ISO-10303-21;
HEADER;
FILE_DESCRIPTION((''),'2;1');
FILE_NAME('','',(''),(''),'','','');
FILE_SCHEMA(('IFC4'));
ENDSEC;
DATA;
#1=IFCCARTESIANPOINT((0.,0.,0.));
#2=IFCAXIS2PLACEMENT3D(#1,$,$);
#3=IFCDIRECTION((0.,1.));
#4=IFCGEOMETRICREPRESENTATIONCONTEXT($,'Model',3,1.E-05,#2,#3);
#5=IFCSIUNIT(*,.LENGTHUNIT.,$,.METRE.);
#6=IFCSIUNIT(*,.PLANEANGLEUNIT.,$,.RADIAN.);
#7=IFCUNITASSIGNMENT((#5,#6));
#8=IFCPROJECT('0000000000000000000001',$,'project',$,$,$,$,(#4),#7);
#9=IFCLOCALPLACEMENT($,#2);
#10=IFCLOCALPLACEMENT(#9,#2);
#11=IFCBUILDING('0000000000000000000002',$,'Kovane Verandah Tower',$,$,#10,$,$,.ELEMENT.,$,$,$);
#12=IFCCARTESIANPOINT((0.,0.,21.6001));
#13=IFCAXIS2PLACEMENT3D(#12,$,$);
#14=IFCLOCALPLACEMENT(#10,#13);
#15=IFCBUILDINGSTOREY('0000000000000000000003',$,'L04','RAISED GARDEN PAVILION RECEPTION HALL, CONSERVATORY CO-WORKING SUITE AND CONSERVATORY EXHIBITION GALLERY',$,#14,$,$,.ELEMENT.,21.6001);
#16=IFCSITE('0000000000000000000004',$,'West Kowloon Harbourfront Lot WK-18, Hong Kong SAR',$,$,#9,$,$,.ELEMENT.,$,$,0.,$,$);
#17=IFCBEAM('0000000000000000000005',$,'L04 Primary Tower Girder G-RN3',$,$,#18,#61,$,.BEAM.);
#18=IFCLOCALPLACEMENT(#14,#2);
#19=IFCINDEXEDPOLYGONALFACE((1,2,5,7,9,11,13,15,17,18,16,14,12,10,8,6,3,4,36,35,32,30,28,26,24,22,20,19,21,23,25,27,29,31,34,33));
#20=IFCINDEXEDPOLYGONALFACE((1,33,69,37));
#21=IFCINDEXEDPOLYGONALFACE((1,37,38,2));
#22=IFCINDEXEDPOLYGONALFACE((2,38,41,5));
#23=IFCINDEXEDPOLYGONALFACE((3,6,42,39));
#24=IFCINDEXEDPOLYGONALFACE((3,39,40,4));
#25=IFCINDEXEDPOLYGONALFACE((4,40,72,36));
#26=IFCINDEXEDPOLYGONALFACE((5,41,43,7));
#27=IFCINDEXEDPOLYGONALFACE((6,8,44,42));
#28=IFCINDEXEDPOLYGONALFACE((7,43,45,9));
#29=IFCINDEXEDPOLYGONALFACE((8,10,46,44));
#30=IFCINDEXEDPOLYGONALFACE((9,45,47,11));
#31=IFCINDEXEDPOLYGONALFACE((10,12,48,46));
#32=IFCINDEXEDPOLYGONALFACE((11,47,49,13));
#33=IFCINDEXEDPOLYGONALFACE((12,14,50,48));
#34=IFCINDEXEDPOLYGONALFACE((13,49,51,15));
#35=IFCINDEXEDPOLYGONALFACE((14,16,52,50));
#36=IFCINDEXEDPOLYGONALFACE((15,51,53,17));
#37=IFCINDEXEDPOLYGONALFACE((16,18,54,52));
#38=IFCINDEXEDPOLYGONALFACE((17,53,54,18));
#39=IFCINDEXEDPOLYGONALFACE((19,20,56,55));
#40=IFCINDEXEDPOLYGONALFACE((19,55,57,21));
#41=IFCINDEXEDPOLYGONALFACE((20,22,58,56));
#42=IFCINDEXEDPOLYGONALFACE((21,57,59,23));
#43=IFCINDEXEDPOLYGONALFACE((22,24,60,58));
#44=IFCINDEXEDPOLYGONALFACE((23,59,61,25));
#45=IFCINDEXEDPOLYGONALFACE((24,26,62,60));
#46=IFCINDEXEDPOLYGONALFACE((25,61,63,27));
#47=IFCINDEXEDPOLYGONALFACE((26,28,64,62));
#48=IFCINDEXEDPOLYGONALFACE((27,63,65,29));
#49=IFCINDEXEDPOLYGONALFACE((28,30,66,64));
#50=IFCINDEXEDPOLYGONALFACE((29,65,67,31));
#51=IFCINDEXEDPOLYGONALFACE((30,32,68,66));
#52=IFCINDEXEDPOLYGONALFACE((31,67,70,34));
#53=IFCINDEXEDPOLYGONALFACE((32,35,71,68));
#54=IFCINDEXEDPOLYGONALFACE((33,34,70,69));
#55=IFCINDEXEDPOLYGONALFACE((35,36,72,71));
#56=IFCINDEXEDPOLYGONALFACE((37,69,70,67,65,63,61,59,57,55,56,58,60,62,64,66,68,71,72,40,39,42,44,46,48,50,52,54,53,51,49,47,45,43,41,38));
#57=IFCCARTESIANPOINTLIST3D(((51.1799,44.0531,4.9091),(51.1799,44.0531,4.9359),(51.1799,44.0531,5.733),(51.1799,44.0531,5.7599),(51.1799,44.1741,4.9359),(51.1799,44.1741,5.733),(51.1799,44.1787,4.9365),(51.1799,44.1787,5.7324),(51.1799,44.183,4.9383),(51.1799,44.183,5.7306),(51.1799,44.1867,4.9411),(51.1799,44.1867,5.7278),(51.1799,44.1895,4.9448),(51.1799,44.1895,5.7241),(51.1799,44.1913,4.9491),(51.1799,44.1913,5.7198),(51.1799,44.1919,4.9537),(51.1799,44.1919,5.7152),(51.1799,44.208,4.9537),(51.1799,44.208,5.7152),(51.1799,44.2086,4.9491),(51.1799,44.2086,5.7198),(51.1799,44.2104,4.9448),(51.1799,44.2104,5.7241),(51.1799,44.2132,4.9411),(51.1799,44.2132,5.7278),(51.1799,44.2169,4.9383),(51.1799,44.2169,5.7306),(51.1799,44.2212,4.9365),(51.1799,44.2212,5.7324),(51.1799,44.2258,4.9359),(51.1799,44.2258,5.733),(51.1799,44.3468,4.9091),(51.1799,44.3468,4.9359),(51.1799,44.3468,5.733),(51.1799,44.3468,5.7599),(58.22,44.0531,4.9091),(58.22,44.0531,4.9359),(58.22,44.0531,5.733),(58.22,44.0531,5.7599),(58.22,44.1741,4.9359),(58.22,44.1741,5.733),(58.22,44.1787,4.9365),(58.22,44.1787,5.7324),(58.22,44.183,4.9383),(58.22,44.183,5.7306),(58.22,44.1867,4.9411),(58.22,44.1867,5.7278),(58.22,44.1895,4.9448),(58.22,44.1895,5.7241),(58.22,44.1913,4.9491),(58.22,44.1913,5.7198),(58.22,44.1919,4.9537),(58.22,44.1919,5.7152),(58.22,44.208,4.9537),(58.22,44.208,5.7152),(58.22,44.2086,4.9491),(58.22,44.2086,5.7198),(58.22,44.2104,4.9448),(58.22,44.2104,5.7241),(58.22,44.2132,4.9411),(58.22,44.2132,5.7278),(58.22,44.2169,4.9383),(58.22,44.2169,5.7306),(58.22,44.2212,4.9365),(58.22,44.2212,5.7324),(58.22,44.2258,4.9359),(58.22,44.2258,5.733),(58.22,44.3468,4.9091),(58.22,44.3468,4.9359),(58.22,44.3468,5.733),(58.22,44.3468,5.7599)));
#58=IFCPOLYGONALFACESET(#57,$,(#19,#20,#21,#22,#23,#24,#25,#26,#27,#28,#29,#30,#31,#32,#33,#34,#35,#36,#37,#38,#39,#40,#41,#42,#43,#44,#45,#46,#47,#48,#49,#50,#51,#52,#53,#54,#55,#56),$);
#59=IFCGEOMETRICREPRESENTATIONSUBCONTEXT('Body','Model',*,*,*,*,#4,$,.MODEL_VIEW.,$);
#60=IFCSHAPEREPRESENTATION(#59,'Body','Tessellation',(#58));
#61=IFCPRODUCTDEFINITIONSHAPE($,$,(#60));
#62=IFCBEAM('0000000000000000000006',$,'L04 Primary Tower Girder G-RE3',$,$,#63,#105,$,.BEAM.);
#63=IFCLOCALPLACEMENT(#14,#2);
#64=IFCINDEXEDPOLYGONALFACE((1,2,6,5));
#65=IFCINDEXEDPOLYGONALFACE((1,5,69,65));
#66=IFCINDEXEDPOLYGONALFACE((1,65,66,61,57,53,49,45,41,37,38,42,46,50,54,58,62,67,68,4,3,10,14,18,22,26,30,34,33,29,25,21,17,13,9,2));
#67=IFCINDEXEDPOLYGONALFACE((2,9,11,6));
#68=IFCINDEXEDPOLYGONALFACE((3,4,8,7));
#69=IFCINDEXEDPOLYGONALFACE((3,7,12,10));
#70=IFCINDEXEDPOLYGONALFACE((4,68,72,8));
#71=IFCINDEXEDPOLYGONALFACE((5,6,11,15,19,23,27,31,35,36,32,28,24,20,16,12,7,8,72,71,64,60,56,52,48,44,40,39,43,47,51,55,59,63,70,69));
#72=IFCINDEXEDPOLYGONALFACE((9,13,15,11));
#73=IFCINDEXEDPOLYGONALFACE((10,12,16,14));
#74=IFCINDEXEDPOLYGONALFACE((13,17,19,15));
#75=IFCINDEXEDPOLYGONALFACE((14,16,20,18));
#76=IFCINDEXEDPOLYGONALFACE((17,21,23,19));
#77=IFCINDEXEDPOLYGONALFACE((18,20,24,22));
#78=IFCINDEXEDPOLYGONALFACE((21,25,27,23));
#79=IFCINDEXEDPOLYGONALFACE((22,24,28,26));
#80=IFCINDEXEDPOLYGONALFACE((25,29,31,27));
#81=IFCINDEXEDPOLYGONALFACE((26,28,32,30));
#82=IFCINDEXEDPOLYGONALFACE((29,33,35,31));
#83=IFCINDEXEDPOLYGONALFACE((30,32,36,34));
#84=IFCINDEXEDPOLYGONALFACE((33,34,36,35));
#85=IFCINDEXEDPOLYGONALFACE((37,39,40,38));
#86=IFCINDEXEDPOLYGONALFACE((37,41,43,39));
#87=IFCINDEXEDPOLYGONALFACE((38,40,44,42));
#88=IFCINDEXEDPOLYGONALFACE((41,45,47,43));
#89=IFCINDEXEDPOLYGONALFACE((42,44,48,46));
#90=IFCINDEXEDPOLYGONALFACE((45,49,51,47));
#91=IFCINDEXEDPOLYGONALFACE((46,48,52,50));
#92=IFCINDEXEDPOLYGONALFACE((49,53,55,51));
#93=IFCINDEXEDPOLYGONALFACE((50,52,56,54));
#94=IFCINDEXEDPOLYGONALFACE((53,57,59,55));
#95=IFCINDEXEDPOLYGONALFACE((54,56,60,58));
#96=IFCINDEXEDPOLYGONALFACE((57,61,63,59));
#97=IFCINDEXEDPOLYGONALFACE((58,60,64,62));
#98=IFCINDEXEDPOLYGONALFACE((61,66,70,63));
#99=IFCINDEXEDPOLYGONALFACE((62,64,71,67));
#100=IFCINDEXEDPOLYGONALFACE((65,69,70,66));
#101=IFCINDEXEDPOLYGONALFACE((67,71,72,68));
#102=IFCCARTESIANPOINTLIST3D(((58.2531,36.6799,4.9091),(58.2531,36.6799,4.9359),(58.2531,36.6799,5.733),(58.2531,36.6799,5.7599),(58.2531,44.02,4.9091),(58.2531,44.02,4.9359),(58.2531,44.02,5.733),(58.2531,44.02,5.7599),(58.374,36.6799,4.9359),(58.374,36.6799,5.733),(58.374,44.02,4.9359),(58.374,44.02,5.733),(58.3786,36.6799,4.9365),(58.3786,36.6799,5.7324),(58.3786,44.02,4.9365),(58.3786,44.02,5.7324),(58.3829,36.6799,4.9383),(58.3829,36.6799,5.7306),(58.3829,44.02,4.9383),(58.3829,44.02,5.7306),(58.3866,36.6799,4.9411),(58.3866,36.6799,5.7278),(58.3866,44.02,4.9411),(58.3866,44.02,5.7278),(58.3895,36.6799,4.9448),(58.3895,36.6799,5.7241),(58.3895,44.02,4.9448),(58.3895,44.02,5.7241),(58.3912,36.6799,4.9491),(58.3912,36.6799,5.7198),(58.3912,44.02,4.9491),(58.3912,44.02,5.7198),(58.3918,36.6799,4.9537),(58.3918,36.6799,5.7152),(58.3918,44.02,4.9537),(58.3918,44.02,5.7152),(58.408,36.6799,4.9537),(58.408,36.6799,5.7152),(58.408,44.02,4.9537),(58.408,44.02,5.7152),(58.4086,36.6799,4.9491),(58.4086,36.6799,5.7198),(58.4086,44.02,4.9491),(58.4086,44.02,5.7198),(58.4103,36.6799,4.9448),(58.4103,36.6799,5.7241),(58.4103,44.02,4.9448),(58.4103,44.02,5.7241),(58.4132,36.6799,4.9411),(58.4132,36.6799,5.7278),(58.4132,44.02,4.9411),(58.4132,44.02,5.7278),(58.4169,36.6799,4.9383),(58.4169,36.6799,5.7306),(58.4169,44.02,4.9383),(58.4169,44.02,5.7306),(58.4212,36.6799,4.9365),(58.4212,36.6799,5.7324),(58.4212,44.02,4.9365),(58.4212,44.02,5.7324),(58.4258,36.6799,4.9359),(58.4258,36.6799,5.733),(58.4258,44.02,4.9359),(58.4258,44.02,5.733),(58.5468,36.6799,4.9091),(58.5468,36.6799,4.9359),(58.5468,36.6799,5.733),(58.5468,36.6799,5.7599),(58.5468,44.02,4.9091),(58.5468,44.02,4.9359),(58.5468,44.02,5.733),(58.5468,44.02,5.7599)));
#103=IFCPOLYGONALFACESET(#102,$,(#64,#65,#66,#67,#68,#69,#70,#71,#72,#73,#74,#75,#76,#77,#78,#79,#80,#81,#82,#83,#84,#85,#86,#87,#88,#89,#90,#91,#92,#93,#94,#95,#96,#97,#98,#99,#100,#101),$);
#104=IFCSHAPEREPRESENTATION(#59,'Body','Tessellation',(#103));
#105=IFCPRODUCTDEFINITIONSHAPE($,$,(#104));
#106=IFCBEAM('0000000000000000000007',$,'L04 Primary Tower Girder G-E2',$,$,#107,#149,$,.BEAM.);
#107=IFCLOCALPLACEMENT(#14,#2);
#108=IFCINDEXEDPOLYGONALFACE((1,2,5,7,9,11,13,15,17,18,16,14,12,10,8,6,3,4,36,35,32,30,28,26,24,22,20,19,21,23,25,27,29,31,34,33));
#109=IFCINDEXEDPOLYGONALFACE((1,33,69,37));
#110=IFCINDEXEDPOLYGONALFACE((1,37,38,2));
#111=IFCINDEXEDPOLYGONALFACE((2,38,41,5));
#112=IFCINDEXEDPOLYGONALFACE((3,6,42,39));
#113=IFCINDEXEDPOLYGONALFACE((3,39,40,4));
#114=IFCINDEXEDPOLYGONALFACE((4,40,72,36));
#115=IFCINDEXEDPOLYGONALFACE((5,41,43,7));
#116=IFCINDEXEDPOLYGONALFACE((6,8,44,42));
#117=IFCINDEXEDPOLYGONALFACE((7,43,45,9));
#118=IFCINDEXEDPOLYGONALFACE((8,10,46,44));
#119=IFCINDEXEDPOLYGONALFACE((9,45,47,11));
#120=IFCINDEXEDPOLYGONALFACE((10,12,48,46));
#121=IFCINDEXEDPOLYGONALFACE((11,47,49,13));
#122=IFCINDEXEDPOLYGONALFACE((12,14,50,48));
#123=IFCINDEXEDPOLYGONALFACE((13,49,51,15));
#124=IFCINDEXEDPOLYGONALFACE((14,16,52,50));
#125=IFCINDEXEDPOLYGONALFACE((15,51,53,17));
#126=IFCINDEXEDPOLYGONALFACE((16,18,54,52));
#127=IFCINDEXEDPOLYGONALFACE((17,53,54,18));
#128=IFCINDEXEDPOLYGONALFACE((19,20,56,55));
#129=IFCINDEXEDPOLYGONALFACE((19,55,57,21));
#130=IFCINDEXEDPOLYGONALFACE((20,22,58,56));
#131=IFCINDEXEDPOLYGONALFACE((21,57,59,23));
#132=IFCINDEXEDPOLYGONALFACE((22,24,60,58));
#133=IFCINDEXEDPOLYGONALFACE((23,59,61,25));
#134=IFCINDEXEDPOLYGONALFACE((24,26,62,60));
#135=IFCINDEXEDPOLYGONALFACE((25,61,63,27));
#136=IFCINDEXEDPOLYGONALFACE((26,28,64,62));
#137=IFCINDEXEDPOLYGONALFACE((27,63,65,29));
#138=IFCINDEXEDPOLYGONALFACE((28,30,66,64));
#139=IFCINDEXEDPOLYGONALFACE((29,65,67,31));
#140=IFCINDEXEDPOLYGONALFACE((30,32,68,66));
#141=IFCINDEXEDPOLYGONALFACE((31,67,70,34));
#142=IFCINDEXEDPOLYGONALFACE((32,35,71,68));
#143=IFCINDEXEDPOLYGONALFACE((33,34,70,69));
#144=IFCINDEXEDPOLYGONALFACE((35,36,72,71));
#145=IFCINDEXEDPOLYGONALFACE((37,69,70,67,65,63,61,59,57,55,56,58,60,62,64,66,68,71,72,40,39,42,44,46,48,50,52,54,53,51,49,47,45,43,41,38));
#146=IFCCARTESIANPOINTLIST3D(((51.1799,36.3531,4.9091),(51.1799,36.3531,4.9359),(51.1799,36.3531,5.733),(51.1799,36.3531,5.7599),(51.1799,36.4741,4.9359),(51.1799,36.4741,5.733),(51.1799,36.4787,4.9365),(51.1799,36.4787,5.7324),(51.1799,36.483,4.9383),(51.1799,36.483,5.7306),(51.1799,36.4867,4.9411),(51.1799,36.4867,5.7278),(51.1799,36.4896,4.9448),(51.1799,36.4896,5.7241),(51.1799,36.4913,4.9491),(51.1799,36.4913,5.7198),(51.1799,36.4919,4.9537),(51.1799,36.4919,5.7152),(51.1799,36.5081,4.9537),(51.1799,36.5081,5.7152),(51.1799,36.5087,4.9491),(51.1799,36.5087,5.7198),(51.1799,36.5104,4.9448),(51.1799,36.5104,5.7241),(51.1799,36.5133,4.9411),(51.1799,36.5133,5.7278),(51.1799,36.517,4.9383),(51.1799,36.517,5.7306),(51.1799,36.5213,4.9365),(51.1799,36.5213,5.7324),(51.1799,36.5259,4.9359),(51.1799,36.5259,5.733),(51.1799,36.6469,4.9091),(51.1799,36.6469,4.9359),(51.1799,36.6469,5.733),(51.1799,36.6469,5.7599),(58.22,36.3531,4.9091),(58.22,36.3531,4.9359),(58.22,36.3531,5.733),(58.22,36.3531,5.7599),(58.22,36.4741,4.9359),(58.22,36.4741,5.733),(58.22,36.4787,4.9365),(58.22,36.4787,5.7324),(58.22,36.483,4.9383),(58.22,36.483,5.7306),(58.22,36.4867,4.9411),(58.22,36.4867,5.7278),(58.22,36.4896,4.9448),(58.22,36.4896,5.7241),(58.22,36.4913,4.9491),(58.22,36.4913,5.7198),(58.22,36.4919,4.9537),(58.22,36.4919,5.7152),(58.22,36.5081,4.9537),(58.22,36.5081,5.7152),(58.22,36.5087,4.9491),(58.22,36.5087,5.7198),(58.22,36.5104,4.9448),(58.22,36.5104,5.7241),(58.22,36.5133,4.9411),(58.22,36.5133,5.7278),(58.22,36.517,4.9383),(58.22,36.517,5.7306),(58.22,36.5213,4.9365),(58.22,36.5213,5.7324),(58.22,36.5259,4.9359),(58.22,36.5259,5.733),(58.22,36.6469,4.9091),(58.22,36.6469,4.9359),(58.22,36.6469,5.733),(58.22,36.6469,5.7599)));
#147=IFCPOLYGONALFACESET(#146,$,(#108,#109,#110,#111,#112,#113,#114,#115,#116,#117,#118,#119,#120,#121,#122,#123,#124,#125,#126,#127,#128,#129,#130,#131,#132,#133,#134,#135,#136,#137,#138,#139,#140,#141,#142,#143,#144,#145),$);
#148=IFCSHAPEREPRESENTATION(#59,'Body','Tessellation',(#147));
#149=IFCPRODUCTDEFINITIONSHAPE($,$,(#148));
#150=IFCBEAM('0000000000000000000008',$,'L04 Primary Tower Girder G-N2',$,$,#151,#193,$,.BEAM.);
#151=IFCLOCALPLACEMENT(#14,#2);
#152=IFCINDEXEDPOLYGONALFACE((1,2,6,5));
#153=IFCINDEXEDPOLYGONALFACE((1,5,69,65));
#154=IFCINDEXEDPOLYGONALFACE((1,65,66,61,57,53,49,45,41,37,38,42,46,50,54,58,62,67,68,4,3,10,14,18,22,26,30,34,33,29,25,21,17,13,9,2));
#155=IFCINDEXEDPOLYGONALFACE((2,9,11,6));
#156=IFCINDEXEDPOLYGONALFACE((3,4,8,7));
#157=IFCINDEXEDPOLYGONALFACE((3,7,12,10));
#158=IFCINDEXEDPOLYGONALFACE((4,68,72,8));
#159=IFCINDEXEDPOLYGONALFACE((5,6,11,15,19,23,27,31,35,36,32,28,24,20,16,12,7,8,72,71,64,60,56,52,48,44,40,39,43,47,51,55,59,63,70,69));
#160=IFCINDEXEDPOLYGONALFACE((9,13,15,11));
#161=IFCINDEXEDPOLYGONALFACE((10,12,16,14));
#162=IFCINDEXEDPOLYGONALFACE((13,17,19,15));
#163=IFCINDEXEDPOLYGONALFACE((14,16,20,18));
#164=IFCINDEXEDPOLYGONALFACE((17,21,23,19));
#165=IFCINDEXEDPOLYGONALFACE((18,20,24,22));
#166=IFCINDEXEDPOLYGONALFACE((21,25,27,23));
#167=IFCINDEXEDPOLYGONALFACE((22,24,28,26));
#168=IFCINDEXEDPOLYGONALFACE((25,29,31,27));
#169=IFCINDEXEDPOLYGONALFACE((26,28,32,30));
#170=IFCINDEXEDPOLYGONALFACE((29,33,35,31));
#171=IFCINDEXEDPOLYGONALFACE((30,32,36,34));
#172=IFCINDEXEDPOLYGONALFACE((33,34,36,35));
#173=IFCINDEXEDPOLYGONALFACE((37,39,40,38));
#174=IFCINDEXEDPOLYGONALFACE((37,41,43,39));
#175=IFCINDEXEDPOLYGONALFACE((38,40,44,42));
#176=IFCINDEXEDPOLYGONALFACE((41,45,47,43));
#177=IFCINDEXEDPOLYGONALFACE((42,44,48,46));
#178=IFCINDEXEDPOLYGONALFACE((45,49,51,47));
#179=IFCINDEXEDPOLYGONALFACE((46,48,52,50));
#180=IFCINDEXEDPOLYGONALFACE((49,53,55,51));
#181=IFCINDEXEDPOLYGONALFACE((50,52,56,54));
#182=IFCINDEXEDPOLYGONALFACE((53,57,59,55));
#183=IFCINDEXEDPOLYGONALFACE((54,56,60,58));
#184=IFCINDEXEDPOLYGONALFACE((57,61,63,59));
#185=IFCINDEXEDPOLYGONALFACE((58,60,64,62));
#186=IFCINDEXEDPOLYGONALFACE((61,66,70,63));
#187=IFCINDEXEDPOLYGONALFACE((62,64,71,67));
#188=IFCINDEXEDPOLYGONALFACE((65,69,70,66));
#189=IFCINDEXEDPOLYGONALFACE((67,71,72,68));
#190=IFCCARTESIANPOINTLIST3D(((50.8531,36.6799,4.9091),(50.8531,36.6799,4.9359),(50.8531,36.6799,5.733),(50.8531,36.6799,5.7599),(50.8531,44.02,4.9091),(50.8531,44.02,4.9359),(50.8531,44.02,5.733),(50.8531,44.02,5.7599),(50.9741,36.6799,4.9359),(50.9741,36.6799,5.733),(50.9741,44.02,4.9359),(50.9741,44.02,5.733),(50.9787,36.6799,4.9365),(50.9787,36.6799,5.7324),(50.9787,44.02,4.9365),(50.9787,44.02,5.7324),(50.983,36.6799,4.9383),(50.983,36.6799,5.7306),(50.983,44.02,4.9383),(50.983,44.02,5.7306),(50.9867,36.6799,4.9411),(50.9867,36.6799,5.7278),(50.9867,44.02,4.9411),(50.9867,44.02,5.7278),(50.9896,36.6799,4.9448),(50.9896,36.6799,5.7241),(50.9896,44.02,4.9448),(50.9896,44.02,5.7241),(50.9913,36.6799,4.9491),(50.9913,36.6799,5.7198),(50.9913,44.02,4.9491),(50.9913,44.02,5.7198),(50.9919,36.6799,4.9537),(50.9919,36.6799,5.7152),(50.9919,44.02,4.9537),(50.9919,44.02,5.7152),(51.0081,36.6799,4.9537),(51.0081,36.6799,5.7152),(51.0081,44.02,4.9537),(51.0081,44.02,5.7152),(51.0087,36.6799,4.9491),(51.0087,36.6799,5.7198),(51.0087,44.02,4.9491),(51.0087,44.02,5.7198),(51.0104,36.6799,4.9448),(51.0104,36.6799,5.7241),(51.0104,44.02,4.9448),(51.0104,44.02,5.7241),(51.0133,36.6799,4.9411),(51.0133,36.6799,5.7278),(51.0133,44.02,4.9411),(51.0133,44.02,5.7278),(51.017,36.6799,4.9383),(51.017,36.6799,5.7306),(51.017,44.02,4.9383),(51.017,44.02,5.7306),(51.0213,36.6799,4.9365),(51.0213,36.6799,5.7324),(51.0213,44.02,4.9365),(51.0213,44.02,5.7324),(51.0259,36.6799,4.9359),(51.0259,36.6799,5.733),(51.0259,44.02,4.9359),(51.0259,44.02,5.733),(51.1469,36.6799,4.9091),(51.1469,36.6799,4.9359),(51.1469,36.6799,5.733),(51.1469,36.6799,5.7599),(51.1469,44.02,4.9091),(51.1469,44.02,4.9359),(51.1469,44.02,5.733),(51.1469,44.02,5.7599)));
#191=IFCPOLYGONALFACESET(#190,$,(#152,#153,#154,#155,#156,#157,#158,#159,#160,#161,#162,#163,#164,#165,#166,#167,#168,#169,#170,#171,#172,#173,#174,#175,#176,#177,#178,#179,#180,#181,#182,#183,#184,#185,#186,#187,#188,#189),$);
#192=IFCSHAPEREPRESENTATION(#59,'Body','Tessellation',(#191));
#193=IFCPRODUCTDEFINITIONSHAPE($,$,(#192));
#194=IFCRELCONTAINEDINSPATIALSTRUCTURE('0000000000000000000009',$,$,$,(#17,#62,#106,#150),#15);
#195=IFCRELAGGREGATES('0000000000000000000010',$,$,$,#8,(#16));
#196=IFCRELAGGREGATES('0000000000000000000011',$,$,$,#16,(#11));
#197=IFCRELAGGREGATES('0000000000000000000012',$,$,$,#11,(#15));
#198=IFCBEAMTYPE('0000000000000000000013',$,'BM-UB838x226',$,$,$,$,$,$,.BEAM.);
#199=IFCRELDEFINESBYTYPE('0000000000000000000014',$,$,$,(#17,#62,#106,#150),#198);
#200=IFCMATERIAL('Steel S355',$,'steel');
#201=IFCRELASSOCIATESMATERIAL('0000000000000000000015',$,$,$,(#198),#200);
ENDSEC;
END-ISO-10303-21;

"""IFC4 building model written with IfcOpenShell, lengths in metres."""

from ifc_helpers import new_model, si_unit, direction, frame, origin, origin_2d, place, context, subcontext, project, spatial, i_section, extrude, material, material_profile, profile_set, type_object, element, save


model = new_model("IFC4")

# Units and contexts
model_context = context("Model", 3, precision=1e-05, world=origin(), true_north=direction((0.0, 1.0)))
body_context = subcontext(model_context, "Body", "Model", "MODEL_VIEW")
ifc_project = project(units=[si_unit("LENGTHUNIT", "METRE"), si_unit("PLANEANGLEUNIT", "RADIAN")], contexts=[model_context])

# Site, building, storey
site_placement = place(None, origin())
site = spatial("IfcSite", under=ifc_project, at=site_placement, Name="West Kowloon Harbourfront Lot WK-18, Hong Kong SAR", CompositionType="ELEMENT", RefElevation=0.0)
building_placement = place(site_placement, origin())
building = spatial("IfcBuilding", under=site, at=building_placement, Name="Kovane Verandah Tower", CompositionType="ELEMENT")
storey_placement = place(building_placement, frame((0.0, 0.0, 21.6001)))
storey = spatial("IfcBuildingStorey", under=building, at=storey_placement, Name="L04", Description="RAISED GARDEN PAVILION RECEPTION HALL, CONSERVATORY CO-WORKING SUITE AND CONSERVATORY EXHIBITION GALLERY", CompositionType="ELEMENT", Elevation=21.6001)

# Shared definitions
ifc_material_1 = material(Name="Steel S355", Category="steel")

# Beams
ifc_material_profile_1 = material_profile(ifc_material_1, i_section(OverallWidth=0.2937, OverallDepth=0.8508, WebThickness=0.0161, FlangeThickness=0.0269, FilletRadius=0.0178, at=origin_2d()), Name="UB838x292x226")
ifc_profile_set_1 = profile_set([ifc_material_profile_1], Name="Steel S355")
beam_type_1 = type_object("IfcBeamType", Name="BM-UB838x226", PredefinedType="BEAM", material=ifc_profile_set_1)
beam_1_placement = place(storey_placement, frame((51.1799, 44.2, 5.3345), z_axis=(1.0, 0.0, 0.0), x_axis=(0.0, 1.0, 0.0)))
element("IfcBeam", 1, at=beam_1_placement, inside=storey, type_object=beam_type_1, Name="L04 Primary Tower Girder G-RN3", PredefinedType="BEAM", context=body_context, shape_type="SweptSolid", body=[
    extrude(i_section(OverallWidth=0.2937, OverallDepth=0.8508, WebThickness=0.0161, FlangeThickness=0.0269, FilletRadius=0.0178, at=origin_2d()), origin(), (0.0, 0.0, 1.0), 7.04),
])
beam_2_placement = place(storey_placement, frame((58.3999, 36.6799, 5.3345), z_axis=(0.0, 1.0, 0.0), x_axis=(-1.0, 0.0, 0.0)))
element("IfcBeam", 2, at=beam_2_placement, inside=storey, type_object=beam_type_1, Name="L04 Primary Tower Girder G-RE3", PredefinedType="BEAM", context=body_context, shape_type="SweptSolid", body=[
    extrude(i_section(OverallWidth=0.2937, OverallDepth=0.8508, WebThickness=0.0161, FlangeThickness=0.0269, FilletRadius=0.0178, at=origin_2d()), origin(), (0.0, 0.0, 1.0), 7.3401),
])
beam_3_placement = place(storey_placement, frame((51.1799, 36.5, 5.3345), z_axis=(1.0, 0.0, 0.0), x_axis=(0.0, 1.0, 0.0)))
element("IfcBeam", 3, at=beam_3_placement, inside=storey, type_object=beam_type_1, Name="L04 Primary Tower Girder G-E2", PredefinedType="BEAM", context=body_context, shape_type="SweptSolid", body=[
    extrude(i_section(OverallWidth=0.2937, OverallDepth=0.8508, WebThickness=0.0161, FlangeThickness=0.0269, FilletRadius=0.0178, at=origin_2d()), origin(), (0.0, 0.0, 1.0), 7.04),
])
beam_4_placement = place(storey_placement, frame((51.0, 36.6799, 5.3345), z_axis=(0.0, 1.0, 0.0), x_axis=(-1.0, 0.0, 0.0)))
element("IfcBeam", 4, at=beam_4_placement, inside=storey, type_object=beam_type_1, Name="L04 Primary Tower Girder G-N2", PredefinedType="BEAM", context=body_context, shape_type="SweptSolid", body=[
    extrude(i_section(OverallWidth=0.2937, OverallDepth=0.8508, WebThickness=0.0161, FlangeThickness=0.0269, FilletRadius=0.0178, at=origin_2d()), origin(), (0.0, 0.0, 1.0), 7.3401),
])

save(model, "model.ifc")
